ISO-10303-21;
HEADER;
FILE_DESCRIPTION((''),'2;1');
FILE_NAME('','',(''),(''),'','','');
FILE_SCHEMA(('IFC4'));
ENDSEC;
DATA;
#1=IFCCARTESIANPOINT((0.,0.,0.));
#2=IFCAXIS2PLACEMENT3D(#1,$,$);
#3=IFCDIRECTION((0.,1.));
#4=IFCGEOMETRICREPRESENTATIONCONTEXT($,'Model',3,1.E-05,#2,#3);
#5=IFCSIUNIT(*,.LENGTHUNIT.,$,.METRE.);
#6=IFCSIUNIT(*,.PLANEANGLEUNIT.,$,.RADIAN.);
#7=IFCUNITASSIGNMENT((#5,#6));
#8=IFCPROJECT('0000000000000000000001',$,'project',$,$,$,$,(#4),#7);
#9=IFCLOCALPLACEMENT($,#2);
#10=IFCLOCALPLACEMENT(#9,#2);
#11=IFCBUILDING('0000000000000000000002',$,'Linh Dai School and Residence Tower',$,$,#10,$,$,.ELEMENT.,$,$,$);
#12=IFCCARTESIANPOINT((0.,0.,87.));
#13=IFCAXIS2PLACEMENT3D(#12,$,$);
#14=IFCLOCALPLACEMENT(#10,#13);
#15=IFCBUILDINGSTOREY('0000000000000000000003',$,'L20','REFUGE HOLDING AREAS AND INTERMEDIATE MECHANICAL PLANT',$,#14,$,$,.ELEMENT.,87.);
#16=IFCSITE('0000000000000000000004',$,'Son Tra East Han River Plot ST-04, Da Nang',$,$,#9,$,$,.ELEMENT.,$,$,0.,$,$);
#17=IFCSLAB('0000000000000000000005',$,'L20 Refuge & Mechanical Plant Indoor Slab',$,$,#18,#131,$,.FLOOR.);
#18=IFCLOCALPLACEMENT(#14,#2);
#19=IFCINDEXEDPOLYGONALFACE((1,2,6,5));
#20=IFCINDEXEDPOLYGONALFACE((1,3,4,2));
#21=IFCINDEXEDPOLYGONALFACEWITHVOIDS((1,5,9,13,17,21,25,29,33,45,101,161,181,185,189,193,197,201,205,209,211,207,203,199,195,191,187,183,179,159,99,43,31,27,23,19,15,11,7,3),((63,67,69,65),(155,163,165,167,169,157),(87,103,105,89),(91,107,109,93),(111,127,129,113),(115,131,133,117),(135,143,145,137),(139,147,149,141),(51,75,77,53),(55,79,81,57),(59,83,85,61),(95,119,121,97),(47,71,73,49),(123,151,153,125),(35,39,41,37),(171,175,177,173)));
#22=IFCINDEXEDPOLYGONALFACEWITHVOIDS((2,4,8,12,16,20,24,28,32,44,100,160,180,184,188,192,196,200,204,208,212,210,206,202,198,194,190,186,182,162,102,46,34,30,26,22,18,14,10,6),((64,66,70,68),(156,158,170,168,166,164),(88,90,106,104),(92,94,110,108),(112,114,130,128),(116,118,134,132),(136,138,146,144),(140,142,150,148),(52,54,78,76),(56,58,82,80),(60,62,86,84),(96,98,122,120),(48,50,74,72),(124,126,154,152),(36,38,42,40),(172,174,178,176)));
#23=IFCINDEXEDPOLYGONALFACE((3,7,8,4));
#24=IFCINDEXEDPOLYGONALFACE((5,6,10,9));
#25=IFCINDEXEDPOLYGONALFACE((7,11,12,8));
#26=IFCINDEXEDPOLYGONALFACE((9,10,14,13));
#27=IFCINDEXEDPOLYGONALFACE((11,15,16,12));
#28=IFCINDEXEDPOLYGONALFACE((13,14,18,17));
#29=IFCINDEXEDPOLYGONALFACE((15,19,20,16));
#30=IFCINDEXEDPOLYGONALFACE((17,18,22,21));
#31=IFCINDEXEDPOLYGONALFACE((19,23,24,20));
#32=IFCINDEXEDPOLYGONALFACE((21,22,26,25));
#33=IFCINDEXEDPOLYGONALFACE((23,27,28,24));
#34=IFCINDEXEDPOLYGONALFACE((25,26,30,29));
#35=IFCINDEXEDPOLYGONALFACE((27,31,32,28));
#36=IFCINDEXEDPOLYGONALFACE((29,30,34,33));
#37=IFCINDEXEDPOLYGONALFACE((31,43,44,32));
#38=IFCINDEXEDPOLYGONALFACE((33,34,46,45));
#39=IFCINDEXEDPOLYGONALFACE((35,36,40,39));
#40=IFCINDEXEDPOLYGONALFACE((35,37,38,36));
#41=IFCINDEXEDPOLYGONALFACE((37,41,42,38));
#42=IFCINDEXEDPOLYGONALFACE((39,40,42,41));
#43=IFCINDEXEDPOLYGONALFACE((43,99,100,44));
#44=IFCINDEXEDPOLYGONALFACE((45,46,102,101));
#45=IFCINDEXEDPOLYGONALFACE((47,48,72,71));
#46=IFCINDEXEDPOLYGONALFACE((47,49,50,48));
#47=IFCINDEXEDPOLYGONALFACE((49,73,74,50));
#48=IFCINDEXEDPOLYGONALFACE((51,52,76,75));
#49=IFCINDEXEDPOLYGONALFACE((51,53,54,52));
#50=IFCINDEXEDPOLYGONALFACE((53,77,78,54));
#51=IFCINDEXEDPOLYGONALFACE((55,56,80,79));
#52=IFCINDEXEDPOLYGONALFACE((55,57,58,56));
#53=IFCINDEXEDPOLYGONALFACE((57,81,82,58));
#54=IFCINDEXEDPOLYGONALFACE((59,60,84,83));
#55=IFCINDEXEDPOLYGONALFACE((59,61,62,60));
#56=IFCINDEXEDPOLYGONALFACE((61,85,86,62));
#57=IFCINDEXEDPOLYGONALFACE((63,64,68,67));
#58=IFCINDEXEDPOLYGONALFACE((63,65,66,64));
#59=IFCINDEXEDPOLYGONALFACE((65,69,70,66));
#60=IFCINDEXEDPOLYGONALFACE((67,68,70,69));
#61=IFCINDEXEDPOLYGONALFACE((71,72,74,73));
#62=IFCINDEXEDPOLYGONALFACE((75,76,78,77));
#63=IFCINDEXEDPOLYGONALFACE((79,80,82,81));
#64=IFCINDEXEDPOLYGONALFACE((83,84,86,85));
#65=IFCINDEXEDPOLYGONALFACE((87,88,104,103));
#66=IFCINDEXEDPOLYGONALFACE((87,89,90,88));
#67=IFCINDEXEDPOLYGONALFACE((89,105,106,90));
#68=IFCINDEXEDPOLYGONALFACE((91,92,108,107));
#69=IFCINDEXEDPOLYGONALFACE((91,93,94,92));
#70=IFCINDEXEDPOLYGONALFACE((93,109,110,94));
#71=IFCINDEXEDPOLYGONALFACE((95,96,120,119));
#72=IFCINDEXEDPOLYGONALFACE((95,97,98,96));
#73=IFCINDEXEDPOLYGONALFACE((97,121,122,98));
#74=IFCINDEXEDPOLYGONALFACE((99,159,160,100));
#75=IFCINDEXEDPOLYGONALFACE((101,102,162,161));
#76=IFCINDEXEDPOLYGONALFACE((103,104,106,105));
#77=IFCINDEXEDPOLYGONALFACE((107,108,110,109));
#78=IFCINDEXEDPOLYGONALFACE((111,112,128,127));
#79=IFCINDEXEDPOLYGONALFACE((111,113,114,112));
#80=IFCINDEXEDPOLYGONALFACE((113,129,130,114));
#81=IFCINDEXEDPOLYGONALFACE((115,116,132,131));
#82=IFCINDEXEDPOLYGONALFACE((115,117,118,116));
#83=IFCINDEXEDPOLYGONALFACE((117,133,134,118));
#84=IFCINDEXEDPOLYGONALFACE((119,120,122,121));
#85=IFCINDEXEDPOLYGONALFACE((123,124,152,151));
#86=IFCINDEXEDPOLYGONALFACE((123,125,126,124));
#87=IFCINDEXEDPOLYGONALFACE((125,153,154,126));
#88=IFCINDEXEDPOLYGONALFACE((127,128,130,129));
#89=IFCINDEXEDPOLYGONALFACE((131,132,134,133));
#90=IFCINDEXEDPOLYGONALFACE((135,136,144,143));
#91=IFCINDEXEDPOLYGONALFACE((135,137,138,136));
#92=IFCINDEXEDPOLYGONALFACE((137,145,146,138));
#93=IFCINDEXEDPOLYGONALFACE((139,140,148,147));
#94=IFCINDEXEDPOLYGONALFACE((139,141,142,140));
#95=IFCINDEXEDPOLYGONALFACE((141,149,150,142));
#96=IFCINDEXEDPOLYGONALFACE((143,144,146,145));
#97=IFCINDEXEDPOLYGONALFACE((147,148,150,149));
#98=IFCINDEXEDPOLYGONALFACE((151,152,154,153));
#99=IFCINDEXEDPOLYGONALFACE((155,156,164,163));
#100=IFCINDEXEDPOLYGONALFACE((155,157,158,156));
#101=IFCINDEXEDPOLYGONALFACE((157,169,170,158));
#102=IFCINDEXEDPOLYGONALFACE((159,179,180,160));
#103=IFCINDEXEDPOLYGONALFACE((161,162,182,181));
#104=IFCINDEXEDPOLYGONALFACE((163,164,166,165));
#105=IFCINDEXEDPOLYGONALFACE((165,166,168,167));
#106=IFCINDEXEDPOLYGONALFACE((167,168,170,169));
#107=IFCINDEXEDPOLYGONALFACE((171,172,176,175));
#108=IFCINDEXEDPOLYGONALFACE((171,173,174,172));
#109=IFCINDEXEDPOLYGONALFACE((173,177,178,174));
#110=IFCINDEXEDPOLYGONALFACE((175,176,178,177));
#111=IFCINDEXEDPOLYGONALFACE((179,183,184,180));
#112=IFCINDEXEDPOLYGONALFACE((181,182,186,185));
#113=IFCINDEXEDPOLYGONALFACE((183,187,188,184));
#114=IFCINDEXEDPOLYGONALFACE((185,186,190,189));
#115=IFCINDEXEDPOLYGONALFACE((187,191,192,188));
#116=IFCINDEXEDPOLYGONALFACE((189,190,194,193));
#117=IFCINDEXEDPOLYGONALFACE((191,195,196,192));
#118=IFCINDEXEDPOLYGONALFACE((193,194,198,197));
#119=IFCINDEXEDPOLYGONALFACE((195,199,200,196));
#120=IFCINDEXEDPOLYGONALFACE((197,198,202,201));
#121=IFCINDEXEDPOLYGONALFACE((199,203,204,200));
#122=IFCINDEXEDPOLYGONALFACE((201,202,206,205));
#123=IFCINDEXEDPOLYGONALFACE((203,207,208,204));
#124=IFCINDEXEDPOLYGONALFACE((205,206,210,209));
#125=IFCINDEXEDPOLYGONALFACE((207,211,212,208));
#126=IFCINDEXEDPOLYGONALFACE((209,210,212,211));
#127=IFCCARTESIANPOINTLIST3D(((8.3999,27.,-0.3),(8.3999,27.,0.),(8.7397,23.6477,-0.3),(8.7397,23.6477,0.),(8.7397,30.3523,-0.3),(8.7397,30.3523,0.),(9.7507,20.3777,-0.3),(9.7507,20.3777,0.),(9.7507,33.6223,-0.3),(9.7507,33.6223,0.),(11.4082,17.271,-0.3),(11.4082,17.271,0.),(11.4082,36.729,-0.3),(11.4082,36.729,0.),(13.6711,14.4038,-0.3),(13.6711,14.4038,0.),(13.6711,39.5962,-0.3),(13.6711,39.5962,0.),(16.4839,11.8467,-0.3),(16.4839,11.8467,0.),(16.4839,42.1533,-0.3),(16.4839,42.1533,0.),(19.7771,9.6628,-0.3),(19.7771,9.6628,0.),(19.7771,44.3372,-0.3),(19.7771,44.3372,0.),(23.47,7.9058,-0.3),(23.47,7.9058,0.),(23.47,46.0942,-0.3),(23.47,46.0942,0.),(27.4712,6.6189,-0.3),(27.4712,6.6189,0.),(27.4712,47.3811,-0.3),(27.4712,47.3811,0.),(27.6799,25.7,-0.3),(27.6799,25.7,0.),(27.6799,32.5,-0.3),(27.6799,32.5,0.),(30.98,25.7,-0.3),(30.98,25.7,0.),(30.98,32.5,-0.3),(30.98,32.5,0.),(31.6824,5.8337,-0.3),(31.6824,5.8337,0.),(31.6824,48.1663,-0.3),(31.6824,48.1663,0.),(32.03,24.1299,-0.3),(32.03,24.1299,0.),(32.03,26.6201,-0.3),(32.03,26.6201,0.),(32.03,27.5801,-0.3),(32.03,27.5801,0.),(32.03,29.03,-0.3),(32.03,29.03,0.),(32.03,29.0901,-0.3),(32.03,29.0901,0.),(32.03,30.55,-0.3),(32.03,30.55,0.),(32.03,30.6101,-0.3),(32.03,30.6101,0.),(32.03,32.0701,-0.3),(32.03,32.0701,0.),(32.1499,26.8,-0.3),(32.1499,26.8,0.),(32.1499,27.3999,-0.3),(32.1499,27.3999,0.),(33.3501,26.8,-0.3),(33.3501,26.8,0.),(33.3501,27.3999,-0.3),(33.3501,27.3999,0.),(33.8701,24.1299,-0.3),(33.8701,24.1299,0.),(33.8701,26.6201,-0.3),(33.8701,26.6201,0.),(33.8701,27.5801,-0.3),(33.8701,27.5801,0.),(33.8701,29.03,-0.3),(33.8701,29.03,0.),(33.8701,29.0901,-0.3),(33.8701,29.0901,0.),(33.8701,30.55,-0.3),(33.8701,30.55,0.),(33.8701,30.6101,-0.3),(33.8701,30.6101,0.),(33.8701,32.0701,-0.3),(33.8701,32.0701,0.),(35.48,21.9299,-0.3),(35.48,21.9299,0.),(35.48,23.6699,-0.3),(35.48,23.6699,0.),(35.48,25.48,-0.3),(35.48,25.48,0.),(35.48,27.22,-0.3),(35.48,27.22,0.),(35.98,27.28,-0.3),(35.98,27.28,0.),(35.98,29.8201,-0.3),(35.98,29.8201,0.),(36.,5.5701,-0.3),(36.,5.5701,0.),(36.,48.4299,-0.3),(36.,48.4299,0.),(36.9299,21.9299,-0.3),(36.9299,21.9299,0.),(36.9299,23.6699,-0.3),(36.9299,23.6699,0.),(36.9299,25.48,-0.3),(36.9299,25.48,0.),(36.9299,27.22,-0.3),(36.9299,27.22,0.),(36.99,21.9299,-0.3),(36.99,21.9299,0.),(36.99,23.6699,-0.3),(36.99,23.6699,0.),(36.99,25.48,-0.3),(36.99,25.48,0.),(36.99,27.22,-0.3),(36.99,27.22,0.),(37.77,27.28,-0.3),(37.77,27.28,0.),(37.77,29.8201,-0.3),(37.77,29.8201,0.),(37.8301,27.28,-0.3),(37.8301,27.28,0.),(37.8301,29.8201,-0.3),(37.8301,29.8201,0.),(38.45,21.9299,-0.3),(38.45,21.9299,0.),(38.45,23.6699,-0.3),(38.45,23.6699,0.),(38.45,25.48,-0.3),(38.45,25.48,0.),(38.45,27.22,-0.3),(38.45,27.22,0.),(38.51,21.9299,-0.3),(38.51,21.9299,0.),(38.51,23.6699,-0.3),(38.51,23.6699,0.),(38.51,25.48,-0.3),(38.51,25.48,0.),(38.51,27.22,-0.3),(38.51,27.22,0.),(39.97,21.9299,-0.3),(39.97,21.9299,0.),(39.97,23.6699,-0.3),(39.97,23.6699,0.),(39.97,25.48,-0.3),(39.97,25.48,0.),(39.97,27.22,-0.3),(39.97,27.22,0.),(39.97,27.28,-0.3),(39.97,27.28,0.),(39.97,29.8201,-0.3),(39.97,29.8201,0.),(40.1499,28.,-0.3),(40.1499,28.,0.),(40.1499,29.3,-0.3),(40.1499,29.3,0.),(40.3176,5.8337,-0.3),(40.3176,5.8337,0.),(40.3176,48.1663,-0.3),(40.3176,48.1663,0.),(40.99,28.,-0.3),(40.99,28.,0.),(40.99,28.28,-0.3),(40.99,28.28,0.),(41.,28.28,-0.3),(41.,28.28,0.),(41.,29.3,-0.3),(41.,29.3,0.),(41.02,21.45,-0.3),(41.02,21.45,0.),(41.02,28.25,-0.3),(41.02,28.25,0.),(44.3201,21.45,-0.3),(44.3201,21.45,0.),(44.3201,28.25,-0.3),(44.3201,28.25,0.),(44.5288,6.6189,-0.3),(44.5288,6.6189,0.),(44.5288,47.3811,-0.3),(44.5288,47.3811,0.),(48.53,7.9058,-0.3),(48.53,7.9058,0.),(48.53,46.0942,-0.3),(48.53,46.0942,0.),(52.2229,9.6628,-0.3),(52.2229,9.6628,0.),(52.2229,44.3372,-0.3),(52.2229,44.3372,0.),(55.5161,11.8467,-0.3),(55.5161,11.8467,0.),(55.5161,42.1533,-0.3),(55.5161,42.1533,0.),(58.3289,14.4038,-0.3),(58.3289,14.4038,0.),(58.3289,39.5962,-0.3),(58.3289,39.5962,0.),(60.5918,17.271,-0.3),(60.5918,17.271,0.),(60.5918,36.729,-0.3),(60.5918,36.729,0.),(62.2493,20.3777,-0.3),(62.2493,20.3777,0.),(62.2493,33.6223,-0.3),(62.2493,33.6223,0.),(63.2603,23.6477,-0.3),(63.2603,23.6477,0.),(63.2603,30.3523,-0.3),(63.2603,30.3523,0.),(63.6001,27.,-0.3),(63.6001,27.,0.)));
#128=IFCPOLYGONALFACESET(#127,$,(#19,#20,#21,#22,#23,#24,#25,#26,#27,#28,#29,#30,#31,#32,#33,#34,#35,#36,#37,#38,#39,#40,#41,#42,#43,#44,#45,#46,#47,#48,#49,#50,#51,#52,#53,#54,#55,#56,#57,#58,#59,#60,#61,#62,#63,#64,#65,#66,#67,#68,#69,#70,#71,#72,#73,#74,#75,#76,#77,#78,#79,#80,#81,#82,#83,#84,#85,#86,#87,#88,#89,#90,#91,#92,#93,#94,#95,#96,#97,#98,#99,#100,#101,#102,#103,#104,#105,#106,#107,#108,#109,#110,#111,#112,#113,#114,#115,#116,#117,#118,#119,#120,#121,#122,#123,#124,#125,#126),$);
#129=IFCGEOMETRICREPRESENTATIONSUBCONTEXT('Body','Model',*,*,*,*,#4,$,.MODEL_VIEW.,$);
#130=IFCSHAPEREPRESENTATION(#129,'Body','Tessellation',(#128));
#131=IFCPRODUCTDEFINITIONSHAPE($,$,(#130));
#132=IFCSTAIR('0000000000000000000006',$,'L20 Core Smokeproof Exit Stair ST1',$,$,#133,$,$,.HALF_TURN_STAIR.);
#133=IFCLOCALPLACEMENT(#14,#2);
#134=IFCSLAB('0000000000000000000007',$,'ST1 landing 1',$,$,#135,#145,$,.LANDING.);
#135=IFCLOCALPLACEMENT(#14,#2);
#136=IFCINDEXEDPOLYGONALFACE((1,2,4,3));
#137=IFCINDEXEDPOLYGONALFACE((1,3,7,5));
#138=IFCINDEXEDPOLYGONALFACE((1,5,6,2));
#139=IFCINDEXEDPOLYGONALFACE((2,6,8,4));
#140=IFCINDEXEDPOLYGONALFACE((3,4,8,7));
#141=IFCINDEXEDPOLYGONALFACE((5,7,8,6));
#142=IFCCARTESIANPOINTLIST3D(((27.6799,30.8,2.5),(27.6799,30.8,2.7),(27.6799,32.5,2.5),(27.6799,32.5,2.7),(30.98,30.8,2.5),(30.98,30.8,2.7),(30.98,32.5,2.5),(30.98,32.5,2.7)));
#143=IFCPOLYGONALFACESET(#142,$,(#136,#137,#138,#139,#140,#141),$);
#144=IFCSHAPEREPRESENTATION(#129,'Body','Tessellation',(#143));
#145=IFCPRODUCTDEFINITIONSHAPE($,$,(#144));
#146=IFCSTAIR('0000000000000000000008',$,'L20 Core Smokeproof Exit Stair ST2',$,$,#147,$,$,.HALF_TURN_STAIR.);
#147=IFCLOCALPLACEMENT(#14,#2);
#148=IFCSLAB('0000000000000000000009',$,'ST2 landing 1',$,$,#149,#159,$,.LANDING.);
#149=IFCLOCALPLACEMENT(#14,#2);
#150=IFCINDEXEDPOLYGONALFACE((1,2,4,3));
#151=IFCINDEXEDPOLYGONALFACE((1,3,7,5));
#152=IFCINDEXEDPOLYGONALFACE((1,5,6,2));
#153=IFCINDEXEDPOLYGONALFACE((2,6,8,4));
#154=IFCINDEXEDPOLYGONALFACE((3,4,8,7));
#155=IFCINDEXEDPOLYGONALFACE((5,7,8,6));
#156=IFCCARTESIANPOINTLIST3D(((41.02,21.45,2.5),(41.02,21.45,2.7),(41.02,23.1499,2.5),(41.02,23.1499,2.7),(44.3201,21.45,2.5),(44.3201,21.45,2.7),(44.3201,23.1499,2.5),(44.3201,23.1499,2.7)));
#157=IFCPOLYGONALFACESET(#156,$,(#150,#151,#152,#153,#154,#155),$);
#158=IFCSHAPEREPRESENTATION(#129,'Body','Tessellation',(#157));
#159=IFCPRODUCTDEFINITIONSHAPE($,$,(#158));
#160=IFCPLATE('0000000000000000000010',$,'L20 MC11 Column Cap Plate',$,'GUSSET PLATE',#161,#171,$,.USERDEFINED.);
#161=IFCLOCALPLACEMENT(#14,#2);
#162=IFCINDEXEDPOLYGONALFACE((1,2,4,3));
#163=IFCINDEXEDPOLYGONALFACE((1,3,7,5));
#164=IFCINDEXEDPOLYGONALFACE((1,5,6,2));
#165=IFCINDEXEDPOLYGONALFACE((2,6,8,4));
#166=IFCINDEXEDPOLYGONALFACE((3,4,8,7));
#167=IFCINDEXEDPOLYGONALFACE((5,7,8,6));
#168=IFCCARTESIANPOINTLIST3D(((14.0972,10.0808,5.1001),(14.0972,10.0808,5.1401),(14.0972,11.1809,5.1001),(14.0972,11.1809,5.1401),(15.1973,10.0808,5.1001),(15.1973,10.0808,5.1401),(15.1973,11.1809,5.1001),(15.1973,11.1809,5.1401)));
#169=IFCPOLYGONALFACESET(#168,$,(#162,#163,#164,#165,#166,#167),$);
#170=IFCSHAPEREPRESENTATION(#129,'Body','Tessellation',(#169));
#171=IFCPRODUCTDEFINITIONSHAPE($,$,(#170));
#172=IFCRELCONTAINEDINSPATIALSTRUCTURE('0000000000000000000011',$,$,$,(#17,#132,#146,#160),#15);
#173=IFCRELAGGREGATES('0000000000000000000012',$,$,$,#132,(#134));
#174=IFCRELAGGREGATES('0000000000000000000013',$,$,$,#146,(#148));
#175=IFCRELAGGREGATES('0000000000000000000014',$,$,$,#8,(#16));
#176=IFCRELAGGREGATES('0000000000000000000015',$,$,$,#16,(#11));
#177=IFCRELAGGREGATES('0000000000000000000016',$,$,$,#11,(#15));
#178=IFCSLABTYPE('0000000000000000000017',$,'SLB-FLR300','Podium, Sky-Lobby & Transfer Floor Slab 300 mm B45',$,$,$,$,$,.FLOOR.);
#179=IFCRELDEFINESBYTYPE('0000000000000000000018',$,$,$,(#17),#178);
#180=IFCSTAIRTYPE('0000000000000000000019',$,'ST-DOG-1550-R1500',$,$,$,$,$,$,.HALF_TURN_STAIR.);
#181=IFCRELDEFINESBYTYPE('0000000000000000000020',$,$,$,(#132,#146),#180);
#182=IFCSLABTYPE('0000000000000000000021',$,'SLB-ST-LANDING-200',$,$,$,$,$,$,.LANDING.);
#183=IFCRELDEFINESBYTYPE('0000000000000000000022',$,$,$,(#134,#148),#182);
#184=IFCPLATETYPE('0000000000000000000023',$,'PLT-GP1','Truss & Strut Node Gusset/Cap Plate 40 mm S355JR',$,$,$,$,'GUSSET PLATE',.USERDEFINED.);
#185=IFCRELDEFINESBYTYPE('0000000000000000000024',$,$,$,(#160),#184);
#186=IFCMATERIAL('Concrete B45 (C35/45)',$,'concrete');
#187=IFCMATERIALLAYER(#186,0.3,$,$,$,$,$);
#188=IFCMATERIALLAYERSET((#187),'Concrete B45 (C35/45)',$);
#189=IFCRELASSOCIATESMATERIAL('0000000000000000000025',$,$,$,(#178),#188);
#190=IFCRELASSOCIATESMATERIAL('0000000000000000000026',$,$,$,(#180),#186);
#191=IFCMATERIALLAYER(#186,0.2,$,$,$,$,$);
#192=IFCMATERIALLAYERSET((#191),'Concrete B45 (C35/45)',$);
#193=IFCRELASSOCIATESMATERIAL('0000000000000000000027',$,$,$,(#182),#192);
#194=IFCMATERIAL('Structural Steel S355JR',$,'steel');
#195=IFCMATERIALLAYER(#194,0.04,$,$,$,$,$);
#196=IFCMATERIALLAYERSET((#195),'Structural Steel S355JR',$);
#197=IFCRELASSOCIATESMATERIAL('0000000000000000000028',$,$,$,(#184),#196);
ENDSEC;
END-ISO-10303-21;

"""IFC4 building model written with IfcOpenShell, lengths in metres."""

from ifc_helpers import new_model, si_unit, direction, frame, origin, origin_2d, place, context, subcontext, project, spatial, polyline, rectangle, outline, extrude, source, transform, mapped, material, layer, layer_set, type_object, element, aggregate, save


model = new_model("IFC4")

# Units and contexts
model_context = context("Model", 3, precision=1e-05, world=origin(), true_north=direction((0.0, 1.0)))
body_context = subcontext(model_context, "Body", "Model", "MODEL_VIEW")
ifc_project = project(units=[si_unit("LENGTHUNIT", "METRE"), si_unit("PLANEANGLEUNIT", "RADIAN")], contexts=[model_context])

# Site, building, storey
site_placement = place(None, origin())
site = spatial("IfcSite", under=ifc_project, at=site_placement, Name="Son Tra East Han River Plot ST-04, Da Nang", CompositionType="ELEMENT", RefElevation=0.0)
building_placement = place(site_placement, origin())
building = spatial("IfcBuilding", under=site, at=building_placement, Name="Linh Dai School and Residence Tower", CompositionType="ELEMENT")
storey_placement = place(building_placement, frame((0.0, 0.0, 87.0)))
storey = spatial("IfcBuildingStorey", under=building, at=storey_placement, Name="L20", Description="REFUGE HOLDING AREAS AND INTERMEDIATE MECHANICAL PLANT", CompositionType="ELEMENT", Elevation=87.0)

# Shared definitions
ifc_material_1 = material(Name="Structural Steel S355JR", Category="steel")

# Slab
ifc_material_2 = material(Name="Concrete B45 (C35/45)", Category="concrete")
ifc_layer_1 = layer(ifc_material_2, 0.3)
ifc_layer_set_1 = layer_set([ifc_layer_1], Name="Concrete B45 (C35/45)")
slab_type_1 = type_object("IfcSlabType", Name="SLB-FLR300", Description="Podium, Sky-Lobby & Transfer Floor Slab 300 mm B45", PredefinedType="FLOOR", material=ifc_layer_set_1)
slab_1_placement = place(storey_placement, frame((0.0, 0.0, -0.3)))
element("IfcSlab", 1, at=slab_1_placement, inside=storey, type_object=slab_type_1, Name="L20 Refuge & Mechanical Plant Indoor Slab", PredefinedType="FLOOR", context=body_context, shape_type="SweptSolid", body=[
    extrude(outline(polyline([(63.6001, 27.0), (63.2603, 30.3523), (62.2493, 33.6223), (60.5918, 36.729), (58.3289, 39.5962), (55.5161, 42.1533), (52.2229, 44.3372), (48.53, 46.0942), (44.5288, 47.3811), (40.3176, 48.1663), (36.0, 48.4299), (31.6824, 48.1663), (27.4712, 47.3811), (23.47, 46.0942), (19.7771, 44.3372), (16.4839, 42.1533), (13.6711, 39.5962), (11.4082, 36.729), (9.7507, 33.6223), (8.7397, 30.3523), (8.3999, 27.0), (8.7397, 23.6477), (9.7507, 20.3777), (11.4082, 17.271), (13.6711, 14.4038), (16.4839, 11.8467), (19.7771, 9.6628), (23.47, 7.9058), (27.4712, 6.6189), (31.6824, 5.8337), (36.0, 5.5701), (40.3176, 5.8337), (44.5288, 6.6189), (48.53, 7.9058), (52.2229, 9.6628), (55.5161, 11.8467), (58.3289, 14.4038), (60.5918, 17.271), (62.2493, 20.3777), (63.2603, 23.6477), (63.6001, 27.0)]), holes=[polyline([(30.98, 25.7), (30.98, 32.5), (27.6799, 32.5), (27.6799, 25.7), (30.98, 25.7)]), polyline([(41.02, 28.25), (41.02, 21.45), (44.3201, 21.45), (44.3201, 28.25), (41.02, 28.25)]), polyline([(35.98, 27.28), (37.77, 27.28), (37.77, 29.8201), (35.98, 29.8201), (35.98, 27.28)]), polyline([(32.03, 24.1299), (33.8701, 24.1299), (33.8701, 26.6201), (32.03, 26.6201), (32.03, 24.1299)]), polyline([(37.8301, 27.28), (39.97, 27.28), (39.97, 29.8201), (37.8301, 29.8201), (37.8301, 27.28)]), polyline([(35.48, 21.9299), (36.9299, 21.9299), (36.9299, 23.6699), (35.48, 23.6699), (35.48, 21.9299)]), polyline([(36.99, 21.9299), (38.45, 21.9299), (38.45, 23.6699), (36.99, 23.6699), (36.99, 21.9299)]), polyline([(38.51, 21.9299), (39.97, 21.9299), (39.97, 23.6699), (38.51, 23.6699), (38.51, 21.9299)]), polyline([(32.03, 27.5801), (33.8701, 27.5801), (33.8701, 29.03), (32.03, 29.03), (32.03, 27.5801)]), polyline([(32.03, 29.0901), (33.8701, 29.0901), (33.8701, 30.55), (32.03, 30.55), (32.03, 29.0901)]), polyline([(32.03, 30.6101), (33.8701, 30.6101), (33.8701, 32.0701), (32.03, 32.0701), (32.03, 30.6101)]), polyline([(35.48, 25.48), (36.9299, 25.48), (36.9299, 27.22), (35.48, 27.22), (35.48, 25.48)]), polyline([(36.99, 25.48), (38.45, 25.48), (38.45, 27.22), (36.99, 27.22), (36.99, 25.48)]), polyline([(38.51, 25.48), (39.97, 25.48), (39.97, 27.22), (38.51, 27.22), (38.51, 25.48)]), polyline([(40.1499, 28.0), (40.1499, 29.3), (41.0, 29.3), (41.0, 28.28), (40.99, 28.28), (40.99, 28.0), (40.1499, 28.0)]), polyline([(32.1499, 26.8), (33.3501, 26.8), (33.3501, 27.3999), (32.1499, 27.3999), (32.1499, 26.8)])]), origin(), (0.0, 0.0, 1.0), 0.3),
])

# Stairs, slabs
stair_type = type_object("IfcStairType", Name="ST-DOG-1550-R1500", PredefinedType="HALF_TURN_STAIR", material=ifc_material_2)
stair_1_placement = place(storey_placement, origin())
stair_1 = element("IfcStair", 2, at=stair_1_placement, inside=storey, type_object=stair_type, Name="L20 Core Smokeproof Exit Stair ST1", PredefinedType="HALF_TURN_STAIR")
ifc_layer_2 = layer(ifc_material_2, 0.2)
ifc_layer_set_2 = layer_set([ifc_layer_2], Name="Concrete B45 (C35/45)")
slab_type_2 = type_object("IfcSlabType", Name="SLB-ST-LANDING-200", PredefinedType="LANDING", material=ifc_layer_set_2)
slab_2_placement = place(storey_placement, frame((0.0, 0.0, 2.5)))
slab_2 = element("IfcSlab", 3, at=slab_2_placement, type_object=slab_type_2, Name="ST1 landing 1", PredefinedType="LANDING", context=body_context, shape_type="SweptSolid", body=[
    extrude(outline(polyline([(30.98, 30.8), (30.98, 32.5), (27.6799, 32.5), (27.6799, 30.8), (30.98, 30.8)])), origin(), (0.0, 0.0, 1.0), 0.2),
])
aggregate(stair_1, [slab_2])
stair_2_placement = place(storey_placement, origin())
stair_2 = element("IfcStair", 4, at=stair_2_placement, inside=storey, type_object=stair_type, Name="L20 Core Smokeproof Exit Stair ST2", PredefinedType="HALF_TURN_STAIR")
slab_3_placement = place(storey_placement, frame((0.0, 0.0, 2.5)))
slab_3 = element("IfcSlab", 5, at=slab_3_placement, type_object=slab_type_2, Name="ST2 landing 1", PredefinedType="LANDING", context=body_context, shape_type="SweptSolid", body=[
    extrude(outline(polyline([(41.02, 23.1499), (41.02, 21.45), (44.3201, 21.45), (44.3201, 23.1499), (41.02, 23.1499)])), origin(), (0.0, 0.0, 1.0), 0.2),
])
aggregate(stair_2, [slab_3])

# Plate
ifc_layer_3 = layer(ifc_material_1, 0.04)
ifc_layer_set_3 = layer_set([ifc_layer_3], Name="Structural Steel S355JR")
plate_type = type_object("IfcPlateType", Name="PLT-GP1", Description="Truss & Strut Node Gusset/Cap Plate 40 mm S355JR", ElementType="GUSSET PLATE", PredefinedType="USERDEFINED", material=ifc_layer_set_3)
shared_shape_1 = source(origin(), body_context, "Body", "SweptSolid", [
    extrude(rectangle(XDim=1.1001, YDim=1.1001, at=origin_2d()), origin(), (0.0, 0.0, 1.0), 0.04),
])
plate_1_placement = place(storey_placement, frame((14.6472, 10.6309, 5.1001), z_axis=(0.0, 0.0, 1.0), x_axis=(1.0, 0.0, 0.0)))
element("IfcPlate", 6, at=plate_1_placement, inside=storey, type_object=plate_type, Name="L20 MC11 Column Cap Plate", ObjectType="GUSSET PLATE", PredefinedType="USERDEFINED", context=body_context, shape_type="MappedRepresentation", body=[
    mapped(shared_shape_1, transform((0.0, 0.0, 0.0), x_axis=(1.0, 0.0, 0.0), y_axis=(0.0, 1.0, 0.0), z_axis=(0.0, 0.0, 1.0), scale=1.0)),
])

save(model, "model.ifc")
